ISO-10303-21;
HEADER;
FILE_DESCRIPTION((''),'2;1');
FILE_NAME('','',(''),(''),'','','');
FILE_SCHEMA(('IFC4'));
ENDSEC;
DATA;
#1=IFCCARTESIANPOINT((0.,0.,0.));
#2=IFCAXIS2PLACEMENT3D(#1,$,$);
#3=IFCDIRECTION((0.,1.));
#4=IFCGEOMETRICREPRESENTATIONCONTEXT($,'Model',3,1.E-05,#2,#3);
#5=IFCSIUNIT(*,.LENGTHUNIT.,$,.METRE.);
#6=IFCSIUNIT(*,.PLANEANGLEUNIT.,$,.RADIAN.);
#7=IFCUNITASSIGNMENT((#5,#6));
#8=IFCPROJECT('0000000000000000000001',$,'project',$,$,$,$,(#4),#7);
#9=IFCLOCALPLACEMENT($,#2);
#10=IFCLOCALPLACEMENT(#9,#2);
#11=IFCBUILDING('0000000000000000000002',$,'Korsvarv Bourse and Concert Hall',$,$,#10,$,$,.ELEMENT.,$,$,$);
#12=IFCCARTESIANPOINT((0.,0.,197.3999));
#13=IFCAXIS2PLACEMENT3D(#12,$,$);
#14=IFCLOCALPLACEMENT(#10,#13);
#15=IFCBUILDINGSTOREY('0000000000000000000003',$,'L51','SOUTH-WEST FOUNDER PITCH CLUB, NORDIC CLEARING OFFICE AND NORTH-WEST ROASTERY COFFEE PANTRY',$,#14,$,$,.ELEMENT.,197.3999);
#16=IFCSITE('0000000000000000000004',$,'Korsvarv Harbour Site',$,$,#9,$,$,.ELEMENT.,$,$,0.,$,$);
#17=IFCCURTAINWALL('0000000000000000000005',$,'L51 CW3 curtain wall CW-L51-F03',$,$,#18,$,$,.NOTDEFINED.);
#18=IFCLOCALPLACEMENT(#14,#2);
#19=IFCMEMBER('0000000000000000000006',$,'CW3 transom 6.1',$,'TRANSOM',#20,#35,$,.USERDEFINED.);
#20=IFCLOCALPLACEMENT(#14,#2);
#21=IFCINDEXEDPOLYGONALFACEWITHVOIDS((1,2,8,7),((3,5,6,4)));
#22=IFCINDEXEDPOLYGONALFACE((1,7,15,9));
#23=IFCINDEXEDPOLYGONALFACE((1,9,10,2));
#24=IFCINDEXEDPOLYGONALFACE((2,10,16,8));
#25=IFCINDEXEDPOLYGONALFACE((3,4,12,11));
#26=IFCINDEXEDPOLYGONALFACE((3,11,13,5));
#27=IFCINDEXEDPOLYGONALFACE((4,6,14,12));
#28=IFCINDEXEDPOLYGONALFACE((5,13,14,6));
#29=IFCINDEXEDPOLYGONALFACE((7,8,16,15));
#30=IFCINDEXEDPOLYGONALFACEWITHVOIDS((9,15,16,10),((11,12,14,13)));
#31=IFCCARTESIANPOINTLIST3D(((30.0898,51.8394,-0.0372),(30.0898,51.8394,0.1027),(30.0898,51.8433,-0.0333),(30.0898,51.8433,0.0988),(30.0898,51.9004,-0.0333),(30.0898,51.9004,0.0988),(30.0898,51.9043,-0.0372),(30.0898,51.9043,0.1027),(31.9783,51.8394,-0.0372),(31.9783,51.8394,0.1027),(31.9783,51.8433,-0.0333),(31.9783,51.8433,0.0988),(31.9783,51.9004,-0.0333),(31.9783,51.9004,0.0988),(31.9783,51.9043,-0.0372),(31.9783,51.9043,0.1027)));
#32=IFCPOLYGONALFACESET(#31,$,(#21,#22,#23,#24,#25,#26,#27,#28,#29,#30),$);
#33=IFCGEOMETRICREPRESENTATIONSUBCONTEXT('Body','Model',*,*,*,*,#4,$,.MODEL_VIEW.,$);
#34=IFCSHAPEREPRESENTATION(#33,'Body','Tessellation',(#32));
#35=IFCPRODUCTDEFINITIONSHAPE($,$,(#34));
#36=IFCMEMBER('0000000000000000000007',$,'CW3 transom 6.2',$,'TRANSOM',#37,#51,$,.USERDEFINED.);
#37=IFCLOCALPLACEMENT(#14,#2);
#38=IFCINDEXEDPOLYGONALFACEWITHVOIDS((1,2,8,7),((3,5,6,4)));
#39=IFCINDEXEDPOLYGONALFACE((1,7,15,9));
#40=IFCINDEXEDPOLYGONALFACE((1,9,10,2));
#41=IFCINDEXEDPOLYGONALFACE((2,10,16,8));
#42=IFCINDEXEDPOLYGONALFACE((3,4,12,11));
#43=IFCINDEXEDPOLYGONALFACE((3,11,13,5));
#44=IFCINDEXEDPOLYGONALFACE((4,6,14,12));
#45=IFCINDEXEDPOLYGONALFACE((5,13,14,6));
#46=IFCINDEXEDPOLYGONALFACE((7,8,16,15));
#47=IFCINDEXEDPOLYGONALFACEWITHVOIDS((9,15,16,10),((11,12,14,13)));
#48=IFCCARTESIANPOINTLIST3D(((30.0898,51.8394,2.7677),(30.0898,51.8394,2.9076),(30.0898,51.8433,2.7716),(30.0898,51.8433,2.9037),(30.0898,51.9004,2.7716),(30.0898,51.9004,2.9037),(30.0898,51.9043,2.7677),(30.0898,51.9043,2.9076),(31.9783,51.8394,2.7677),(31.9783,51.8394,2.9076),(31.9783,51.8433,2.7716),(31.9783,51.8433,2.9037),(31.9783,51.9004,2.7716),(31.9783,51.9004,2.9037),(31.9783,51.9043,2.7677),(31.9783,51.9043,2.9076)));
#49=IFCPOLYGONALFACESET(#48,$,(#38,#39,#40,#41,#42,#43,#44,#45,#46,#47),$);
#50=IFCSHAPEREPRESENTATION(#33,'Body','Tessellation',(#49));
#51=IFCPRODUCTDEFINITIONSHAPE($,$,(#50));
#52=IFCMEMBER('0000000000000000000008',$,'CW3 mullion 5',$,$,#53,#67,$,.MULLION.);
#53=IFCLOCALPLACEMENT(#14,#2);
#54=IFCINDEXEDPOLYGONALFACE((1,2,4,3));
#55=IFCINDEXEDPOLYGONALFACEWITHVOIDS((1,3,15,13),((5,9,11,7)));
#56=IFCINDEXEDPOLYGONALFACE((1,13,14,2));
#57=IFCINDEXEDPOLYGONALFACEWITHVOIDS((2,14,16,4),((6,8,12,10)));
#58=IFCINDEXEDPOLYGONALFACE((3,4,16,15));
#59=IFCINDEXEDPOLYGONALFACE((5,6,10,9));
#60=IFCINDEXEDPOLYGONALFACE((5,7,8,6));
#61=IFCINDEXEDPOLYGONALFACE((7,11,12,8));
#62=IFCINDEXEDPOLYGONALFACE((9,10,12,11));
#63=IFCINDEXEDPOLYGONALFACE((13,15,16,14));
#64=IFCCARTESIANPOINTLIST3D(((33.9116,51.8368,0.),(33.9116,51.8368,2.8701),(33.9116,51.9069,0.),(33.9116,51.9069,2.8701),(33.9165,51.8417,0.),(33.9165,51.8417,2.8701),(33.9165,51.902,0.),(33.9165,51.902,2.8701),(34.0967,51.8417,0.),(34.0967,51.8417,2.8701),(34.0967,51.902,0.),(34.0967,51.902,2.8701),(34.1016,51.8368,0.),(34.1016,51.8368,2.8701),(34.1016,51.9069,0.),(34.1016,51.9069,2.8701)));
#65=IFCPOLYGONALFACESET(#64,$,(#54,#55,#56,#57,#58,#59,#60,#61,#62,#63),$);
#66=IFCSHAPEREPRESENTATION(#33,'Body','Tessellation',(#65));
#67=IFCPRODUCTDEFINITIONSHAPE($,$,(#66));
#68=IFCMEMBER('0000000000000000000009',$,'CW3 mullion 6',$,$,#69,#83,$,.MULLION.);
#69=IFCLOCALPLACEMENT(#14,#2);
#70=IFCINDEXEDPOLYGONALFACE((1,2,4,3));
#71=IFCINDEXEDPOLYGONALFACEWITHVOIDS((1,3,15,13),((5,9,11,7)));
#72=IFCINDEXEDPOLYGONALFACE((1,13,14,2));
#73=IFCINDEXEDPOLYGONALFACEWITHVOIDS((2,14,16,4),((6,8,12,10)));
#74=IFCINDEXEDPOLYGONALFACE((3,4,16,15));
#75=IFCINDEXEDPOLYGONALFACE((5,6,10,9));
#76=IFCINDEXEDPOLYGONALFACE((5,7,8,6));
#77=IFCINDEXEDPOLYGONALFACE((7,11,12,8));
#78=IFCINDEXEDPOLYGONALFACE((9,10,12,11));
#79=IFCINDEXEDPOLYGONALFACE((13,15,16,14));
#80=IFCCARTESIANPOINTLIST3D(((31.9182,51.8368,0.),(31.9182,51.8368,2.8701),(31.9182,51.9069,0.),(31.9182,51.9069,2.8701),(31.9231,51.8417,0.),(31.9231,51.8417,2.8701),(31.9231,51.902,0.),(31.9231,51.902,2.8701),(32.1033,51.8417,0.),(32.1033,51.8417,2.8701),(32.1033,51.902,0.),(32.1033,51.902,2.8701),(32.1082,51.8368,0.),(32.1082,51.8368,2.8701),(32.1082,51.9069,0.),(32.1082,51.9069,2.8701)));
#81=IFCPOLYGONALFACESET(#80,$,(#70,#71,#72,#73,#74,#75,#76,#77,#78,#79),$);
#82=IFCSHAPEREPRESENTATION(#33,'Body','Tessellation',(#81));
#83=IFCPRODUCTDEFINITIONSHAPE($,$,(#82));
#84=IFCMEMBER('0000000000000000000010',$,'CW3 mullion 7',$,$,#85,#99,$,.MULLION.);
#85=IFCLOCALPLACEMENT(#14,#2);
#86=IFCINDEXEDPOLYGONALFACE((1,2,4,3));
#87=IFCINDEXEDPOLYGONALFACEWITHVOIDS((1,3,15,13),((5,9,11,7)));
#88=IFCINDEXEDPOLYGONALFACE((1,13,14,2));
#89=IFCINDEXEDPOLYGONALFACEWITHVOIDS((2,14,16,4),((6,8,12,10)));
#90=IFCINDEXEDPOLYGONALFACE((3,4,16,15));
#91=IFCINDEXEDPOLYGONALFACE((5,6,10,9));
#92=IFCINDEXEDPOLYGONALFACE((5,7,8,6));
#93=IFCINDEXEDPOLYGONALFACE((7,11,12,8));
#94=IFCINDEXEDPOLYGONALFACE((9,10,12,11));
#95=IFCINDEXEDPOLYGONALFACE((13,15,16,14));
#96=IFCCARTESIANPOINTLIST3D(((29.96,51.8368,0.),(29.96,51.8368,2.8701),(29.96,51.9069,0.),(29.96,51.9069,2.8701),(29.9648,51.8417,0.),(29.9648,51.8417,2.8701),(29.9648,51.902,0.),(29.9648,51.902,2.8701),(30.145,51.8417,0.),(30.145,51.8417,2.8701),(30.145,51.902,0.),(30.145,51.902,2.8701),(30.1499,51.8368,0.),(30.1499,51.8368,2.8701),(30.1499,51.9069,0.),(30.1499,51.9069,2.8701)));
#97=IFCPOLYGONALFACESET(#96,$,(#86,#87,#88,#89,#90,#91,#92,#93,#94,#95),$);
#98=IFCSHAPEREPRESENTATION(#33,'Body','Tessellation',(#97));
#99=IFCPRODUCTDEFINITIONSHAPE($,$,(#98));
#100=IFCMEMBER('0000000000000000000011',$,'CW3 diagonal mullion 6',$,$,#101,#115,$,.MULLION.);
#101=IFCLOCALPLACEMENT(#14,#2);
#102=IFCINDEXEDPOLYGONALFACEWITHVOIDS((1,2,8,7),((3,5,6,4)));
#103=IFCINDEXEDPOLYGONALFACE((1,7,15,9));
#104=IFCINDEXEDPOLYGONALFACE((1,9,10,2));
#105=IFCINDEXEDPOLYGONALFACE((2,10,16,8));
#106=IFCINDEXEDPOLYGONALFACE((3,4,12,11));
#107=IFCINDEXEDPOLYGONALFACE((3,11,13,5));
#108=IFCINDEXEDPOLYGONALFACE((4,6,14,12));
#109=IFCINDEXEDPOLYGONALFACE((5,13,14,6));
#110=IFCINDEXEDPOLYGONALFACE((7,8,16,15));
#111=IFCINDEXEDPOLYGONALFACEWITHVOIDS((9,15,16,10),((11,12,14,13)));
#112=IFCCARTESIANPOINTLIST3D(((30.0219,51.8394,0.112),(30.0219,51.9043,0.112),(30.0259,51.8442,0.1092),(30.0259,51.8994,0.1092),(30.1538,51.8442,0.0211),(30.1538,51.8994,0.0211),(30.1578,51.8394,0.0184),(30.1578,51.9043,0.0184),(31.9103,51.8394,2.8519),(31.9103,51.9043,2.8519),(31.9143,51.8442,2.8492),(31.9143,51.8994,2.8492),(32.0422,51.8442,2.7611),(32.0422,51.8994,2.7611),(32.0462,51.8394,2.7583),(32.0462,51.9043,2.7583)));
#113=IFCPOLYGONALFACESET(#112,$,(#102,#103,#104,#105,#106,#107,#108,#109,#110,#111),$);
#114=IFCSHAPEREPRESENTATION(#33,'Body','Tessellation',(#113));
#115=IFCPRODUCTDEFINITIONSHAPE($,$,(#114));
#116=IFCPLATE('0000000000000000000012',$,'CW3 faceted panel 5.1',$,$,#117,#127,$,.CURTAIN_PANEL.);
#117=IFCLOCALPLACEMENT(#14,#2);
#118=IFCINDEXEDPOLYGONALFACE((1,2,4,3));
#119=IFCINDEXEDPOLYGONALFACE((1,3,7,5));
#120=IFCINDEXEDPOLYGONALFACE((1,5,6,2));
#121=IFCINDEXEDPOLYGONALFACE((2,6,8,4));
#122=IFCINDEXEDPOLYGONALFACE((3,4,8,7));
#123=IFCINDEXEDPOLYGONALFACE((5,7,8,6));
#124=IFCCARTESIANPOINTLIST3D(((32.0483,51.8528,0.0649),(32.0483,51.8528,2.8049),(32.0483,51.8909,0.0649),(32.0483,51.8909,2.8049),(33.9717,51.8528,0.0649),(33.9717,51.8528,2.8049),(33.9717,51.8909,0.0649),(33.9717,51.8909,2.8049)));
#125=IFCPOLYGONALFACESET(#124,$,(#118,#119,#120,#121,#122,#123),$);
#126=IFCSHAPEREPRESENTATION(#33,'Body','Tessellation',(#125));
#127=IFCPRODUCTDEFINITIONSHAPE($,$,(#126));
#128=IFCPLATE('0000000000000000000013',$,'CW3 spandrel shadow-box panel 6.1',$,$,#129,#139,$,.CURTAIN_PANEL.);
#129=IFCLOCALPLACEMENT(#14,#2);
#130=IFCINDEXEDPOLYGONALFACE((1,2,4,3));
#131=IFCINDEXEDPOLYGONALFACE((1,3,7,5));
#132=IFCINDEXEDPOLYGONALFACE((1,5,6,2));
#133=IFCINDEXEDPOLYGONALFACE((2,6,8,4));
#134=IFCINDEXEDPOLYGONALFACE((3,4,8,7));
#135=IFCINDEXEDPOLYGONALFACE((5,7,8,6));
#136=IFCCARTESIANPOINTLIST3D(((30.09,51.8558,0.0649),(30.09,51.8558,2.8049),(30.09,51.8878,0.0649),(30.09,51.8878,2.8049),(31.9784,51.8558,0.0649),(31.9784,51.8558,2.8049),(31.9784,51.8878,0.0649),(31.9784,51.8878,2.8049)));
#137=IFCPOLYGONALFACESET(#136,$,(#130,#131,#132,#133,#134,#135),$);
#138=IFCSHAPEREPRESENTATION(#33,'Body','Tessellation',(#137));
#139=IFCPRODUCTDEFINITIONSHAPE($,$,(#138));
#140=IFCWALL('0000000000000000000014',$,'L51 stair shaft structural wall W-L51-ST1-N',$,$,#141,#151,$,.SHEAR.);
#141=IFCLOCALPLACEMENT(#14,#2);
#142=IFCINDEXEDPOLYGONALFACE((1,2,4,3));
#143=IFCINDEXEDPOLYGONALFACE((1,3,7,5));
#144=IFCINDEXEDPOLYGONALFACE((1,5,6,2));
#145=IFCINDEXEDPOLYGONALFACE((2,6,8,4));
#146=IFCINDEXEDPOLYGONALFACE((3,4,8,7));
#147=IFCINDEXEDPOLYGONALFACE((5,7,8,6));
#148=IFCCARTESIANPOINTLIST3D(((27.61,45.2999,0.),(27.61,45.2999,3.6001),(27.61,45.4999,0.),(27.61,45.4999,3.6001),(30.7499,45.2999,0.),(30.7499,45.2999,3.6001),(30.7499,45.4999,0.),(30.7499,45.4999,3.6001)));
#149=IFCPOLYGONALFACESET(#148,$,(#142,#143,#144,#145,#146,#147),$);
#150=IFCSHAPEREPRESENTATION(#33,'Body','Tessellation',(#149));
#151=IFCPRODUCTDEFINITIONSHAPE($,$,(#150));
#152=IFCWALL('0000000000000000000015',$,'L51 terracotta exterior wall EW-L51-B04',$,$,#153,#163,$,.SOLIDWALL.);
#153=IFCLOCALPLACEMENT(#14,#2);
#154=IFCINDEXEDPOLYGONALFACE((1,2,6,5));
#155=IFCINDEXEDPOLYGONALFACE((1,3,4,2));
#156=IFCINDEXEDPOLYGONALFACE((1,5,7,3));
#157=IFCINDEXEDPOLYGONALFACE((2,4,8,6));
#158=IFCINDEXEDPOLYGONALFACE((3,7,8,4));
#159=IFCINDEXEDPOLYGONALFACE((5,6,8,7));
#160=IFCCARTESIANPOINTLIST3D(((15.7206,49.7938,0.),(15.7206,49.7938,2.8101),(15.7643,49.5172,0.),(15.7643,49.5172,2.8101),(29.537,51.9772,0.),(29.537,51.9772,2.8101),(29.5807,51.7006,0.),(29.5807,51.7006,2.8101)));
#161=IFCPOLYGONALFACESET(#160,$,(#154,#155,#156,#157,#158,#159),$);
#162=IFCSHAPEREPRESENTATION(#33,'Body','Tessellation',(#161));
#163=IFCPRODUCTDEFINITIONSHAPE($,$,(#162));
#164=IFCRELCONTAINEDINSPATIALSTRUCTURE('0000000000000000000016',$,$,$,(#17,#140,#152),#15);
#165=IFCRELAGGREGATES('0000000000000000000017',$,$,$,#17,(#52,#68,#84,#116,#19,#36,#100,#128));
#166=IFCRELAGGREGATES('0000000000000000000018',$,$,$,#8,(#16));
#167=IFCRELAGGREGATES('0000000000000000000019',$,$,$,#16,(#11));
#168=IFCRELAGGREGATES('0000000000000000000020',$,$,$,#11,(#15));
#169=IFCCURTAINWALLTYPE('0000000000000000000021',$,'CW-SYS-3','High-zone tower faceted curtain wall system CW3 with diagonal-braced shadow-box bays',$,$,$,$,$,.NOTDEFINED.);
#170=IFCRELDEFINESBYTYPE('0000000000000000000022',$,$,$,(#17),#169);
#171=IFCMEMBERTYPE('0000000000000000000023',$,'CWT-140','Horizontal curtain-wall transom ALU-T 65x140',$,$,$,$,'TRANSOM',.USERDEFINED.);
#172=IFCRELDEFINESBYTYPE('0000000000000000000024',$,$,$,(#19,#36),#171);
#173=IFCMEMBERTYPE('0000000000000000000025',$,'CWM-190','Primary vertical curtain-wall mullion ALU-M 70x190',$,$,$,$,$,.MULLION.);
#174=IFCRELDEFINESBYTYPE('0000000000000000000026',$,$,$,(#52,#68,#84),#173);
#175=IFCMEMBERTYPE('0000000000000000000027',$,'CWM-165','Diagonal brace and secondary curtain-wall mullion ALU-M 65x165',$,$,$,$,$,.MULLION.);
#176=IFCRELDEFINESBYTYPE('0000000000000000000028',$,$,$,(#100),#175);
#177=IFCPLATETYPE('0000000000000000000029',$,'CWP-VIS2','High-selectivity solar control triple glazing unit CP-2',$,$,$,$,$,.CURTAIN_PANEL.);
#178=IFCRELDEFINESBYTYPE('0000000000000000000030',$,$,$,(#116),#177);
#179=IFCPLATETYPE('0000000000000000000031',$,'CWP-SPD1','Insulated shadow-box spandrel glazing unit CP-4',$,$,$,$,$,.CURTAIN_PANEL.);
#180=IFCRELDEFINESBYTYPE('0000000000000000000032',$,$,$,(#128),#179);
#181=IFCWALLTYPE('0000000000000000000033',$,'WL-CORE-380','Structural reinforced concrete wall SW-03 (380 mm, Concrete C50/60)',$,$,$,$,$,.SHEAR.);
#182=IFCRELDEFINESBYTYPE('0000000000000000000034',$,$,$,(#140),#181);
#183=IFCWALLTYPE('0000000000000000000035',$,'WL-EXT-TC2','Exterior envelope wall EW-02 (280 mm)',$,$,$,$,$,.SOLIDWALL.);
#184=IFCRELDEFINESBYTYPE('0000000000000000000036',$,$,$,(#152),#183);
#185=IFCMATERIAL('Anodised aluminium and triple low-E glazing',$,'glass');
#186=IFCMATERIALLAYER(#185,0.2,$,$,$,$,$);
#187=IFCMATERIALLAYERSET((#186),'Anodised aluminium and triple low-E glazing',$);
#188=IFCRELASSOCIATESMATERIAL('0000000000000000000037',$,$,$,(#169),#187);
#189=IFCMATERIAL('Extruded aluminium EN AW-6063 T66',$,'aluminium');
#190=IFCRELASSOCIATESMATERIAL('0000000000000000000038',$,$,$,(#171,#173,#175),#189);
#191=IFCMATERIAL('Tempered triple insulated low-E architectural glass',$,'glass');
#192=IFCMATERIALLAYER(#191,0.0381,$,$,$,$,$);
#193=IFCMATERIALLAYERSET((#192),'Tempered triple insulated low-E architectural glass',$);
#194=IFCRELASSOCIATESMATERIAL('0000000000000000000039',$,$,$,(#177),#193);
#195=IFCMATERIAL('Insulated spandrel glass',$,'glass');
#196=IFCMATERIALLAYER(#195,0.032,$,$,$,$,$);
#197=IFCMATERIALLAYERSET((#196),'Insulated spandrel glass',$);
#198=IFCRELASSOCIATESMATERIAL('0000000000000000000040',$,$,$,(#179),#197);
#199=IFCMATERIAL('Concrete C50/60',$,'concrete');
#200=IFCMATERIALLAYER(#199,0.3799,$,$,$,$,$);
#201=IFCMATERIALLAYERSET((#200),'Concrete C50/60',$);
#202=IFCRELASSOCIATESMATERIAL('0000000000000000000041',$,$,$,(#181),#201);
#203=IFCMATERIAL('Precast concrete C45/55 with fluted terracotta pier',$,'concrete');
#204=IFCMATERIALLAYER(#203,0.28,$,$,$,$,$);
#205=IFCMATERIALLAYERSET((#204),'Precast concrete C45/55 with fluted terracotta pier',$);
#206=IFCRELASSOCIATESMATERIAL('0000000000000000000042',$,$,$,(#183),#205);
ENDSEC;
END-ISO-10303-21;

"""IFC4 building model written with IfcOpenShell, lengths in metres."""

from ifc_helpers import new_model, si_unit, direction, frame, frame_2d, origin, origin_2d, place, context, subcontext, project, spatial, rectangle, hollow_rectangle, extrude, source, transform, mapped, material, layer, layer_set, material_profile, profile_set, type_object, element, aggregate, save


model = new_model("IFC4")

# Units and contexts
model_context = context("Model", 3, precision=1e-05, world=origin(), true_north=direction((0.0, 1.0)))
body_context = subcontext(model_context, "Body", "Model", "MODEL_VIEW")
ifc_project = project(units=[si_unit("LENGTHUNIT", "METRE"), si_unit("PLANEANGLEUNIT", "RADIAN")], contexts=[model_context])

# Site, building, storey
site_placement = place(None, origin())
site = spatial("IfcSite", under=ifc_project, at=site_placement, Name="Korsvarv Harbour Site", CompositionType="ELEMENT", RefElevation=0.0)
building_placement = place(site_placement, origin())
building = spatial("IfcBuilding", under=site, at=building_placement, Name="Korsvarv Bourse and Concert Hall", CompositionType="ELEMENT")
storey_placement = place(building_placement, frame((0.0, 0.0, 197.3999)))
storey = spatial("IfcBuildingStorey", under=building, at=storey_placement, Name="L51", Description="SOUTH-WEST FOUNDER PITCH CLUB, NORDIC CLEARING OFFICE AND NORTH-WEST ROASTERY COFFEE PANTRY", CompositionType="ELEMENT", Elevation=197.3999)

# Curtain wall, members, plates
ifc_material_1 = material(Name="Anodised aluminium and triple low-E glazing", Category="glass")
ifc_layer_1 = layer(ifc_material_1, 0.2)
ifc_layer_set_1 = layer_set([ifc_layer_1], Name="Anodised aluminium and triple low-E glazing")
curtain_wall_type = type_object("IfcCurtainWallType", Name="CW-SYS-3", Description="High-zone tower faceted curtain wall system CW3 with diagonal-braced shadow-box bays", PredefinedType="NOTDEFINED", material=ifc_layer_set_1)
curtain_wall_placement = place(storey_placement, origin())
curtain_wall = element("IfcCurtainWall", 1, at=curtain_wall_placement, inside=storey, type_object=curtain_wall_type, Name="L51 CW3 curtain wall CW-L51-F03", PredefinedType="NOTDEFINED")
ifc_material_2 = material(Name="Extruded aluminium EN AW-6063 T66", Category="aluminium")
ifc_material_profile_1 = material_profile(ifc_material_2, hollow_rectangle(XDim=0.0649, YDim=0.1399, WallThickness=0.0039, at=origin_2d()), Name="ALU-T 65x140")
ifc_profile_set_1 = profile_set([ifc_material_profile_1], Name="Extruded aluminium EN AW-6063 T66")
member_type_1 = type_object("IfcMemberType", Name="CWT-140", Description="Horizontal curtain-wall transom ALU-T 65x140", ElementType="TRANSOM", PredefinedType="USERDEFINED", material=ifc_profile_set_1)
shared_shape_1 = source(origin(), body_context, "Body", "SweptSolid", [
    extrude(hollow_rectangle(XDim=0.0649, YDim=0.1399, WallThickness=0.0039, at=origin_2d()), origin(), (0.0, 0.0, 1.0), 1.8884),
])
member_1_placement = place(storey_placement, frame((31.9783, 51.8718, 0.0327), z_axis=(-1.0, 0.0, 0.0), x_axis=(0.0, -1.0, 0.0)))
member_1 = element("IfcMember", 2, at=member_1_placement, type_object=member_type_1, Name="CW3 transom 6.1", ObjectType="TRANSOM", PredefinedType="USERDEFINED", context=body_context, shape_type="MappedRepresentation", body=[
    mapped(shared_shape_1, transform((0.0, 0.0, 0.0), scale=1.0)),
])
member_2_placement = place(storey_placement, frame((31.9783, 51.8718, 2.8376), z_axis=(-1.0, 0.0, 0.0), x_axis=(0.0, -1.0, 0.0)))
member_2 = element("IfcMember", 3, at=member_2_placement, type_object=member_type_1, Name="CW3 transom 6.2", ObjectType="TRANSOM", PredefinedType="USERDEFINED", context=body_context, shape_type="MappedRepresentation", body=[
    mapped(shared_shape_1, transform((0.0, 0.0, 0.0), scale=1.0)),
])
ifc_material_profile_2 = material_profile(ifc_material_2, hollow_rectangle(XDim=0.0701, YDim=0.1899, WallThickness=0.0049, at=origin_2d()), Name="ALU-M 70x190")
ifc_profile_set_2 = profile_set([ifc_material_profile_2], Name="Extruded aluminium EN AW-6063 T66")
member_type_2 = type_object("IfcMemberType", Name="CWM-190", Description="Primary vertical curtain-wall mullion ALU-M 70x190", PredefinedType="MULLION", material=ifc_profile_set_2)
shared_shape_2 = source(origin(), body_context, "Body", "SweptSolid", [
    extrude(hollow_rectangle(XDim=0.0701, YDim=0.1899, WallThickness=0.0049, at=origin_2d()), origin(), (0.0, 0.0, 1.0), 2.8701),
])
member_3_placement = place(storey_placement, frame((34.0066, 51.8718, 0.0), z_axis=(0.0, 0.0, 1.0), x_axis=(0.0, -1.0, 0.0)))
member_3 = element("IfcMember", 4, at=member_3_placement, type_object=member_type_2, Name="CW3 mullion 5", PredefinedType="MULLION", context=body_context, shape_type="MappedRepresentation", body=[
    mapped(shared_shape_2, transform((0.0, 0.0, 0.0), scale=1.0)),
])
member_4_placement = place(storey_placement, frame((32.0132, 51.8718, 0.0), z_axis=(0.0, 0.0, 1.0), x_axis=(0.0, -1.0, 0.0)))
member_4 = element("IfcMember", 5, at=member_4_placement, type_object=member_type_2, Name="CW3 mullion 6", PredefinedType="MULLION", context=body_context, shape_type="MappedRepresentation", body=[
    mapped(shared_shape_2, transform((0.0, 0.0, 0.0), scale=1.0)),
])
member_5_placement = place(storey_placement, frame((30.0549, 51.8718, 0.0), z_axis=(0.0, 0.0, 1.0), x_axis=(0.0, -1.0, 0.0)))
member_5 = element("IfcMember", 6, at=member_5_placement, type_object=member_type_2, Name="CW3 mullion 7", PredefinedType="MULLION", context=body_context, shape_type="MappedRepresentation", body=[
    mapped(shared_shape_2, transform((0.0, 0.0, 0.0), scale=1.0)),
])
ifc_material_profile_3 = material_profile(ifc_material_2, hollow_rectangle(XDim=0.0649, YDim=0.165, WallThickness=0.0049, at=origin_2d()), Name="ALU-M 65x165")
ifc_profile_set_3 = profile_set([ifc_material_profile_3], Name="Extruded aluminium EN AW-6063 T66")
member_type_3 = type_object("IfcMemberType", Name="CWM-165", Description="Diagonal brace and secondary curtain-wall mullion ALU-M 65x165", PredefinedType="MULLION", material=ifc_profile_set_3)
shared_shape_3 = source(origin(), body_context, "Body", "SweptSolid", [
    extrude(hollow_rectangle(XDim=0.0649, YDim=0.165, WallThickness=0.0049, at=origin_2d()), origin(), (0.0, 0.0, 1.0), 3.3276),
])
member_6_placement = place(storey_placement, frame((30.0898, 51.8718, 0.0652), z_axis=(0.567484, 0.0, 0.823384), x_axis=(0.0, 1.0, 0.0)))
member_6 = element("IfcMember", 7, at=member_6_placement, type_object=member_type_3, Name="CW3 diagonal mullion 6", PredefinedType="MULLION", context=body_context, shape_type="MappedRepresentation", body=[
    mapped(shared_shape_3, transform((0.0, 0.0, 0.0), scale=1.0)),
])
ifc_material_3 = material(Name="Tempered triple insulated low-E architectural glass", Category="glass")
ifc_layer_2 = layer(ifc_material_3, 0.0381)
ifc_layer_set_2 = layer_set([ifc_layer_2], Name="Tempered triple insulated low-E architectural glass")
plate_type_1 = type_object("IfcPlateType", Name="CWP-VIS2", Description="High-selectivity solar control triple glazing unit CP-2", PredefinedType="CURTAIN_PANEL", material=ifc_layer_set_2)
shared_shape_4 = source(origin(), body_context, "Body", "SweptSolid", [
    extrude(rectangle(XDim=1.9233, YDim=0.0381, at=origin_2d()), origin(), (0.0, 0.0, 1.0), 2.74),
])
plate_1_placement = place(storey_placement, frame((33.01, 51.8718, 0.0649), z_axis=(0.0, 0.0, 1.0), x_axis=(-1.0, 0.0, 0.0)))
plate_1 = element("IfcPlate", 8, at=plate_1_placement, type_object=plate_type_1, Name="CW3 faceted panel 5.1", PredefinedType="CURTAIN_PANEL", context=body_context, shape_type="MappedRepresentation", body=[
    mapped(shared_shape_4, transform((0.0, 0.0, 0.0), scale=1.0)),
])
ifc_material_4 = material(Name="Insulated spandrel glass", Category="glass")
ifc_layer_3 = layer(ifc_material_4, 0.032)
ifc_layer_set_3 = layer_set([ifc_layer_3], Name="Insulated spandrel glass")
plate_type_2 = type_object("IfcPlateType", Name="CWP-SPD1", Description="Insulated shadow-box spandrel glazing unit CP-4", PredefinedType="CURTAIN_PANEL", material=ifc_layer_set_3)
shared_shape_5 = source(origin(), body_context, "Body", "SweptSolid", [
    extrude(rectangle(XDim=1.8884, YDim=0.032, at=origin_2d()), origin(), (0.0, 0.0, 1.0), 2.74),
])
plate_2_placement = place(storey_placement, frame((31.0342, 51.8718, 0.0649), z_axis=(0.0, 0.0, 1.0), x_axis=(-1.0, 0.0, 0.0)))
plate_2 = element("IfcPlate", 9, at=plate_2_placement, type_object=plate_type_2, Name="CW3 spandrel shadow-box panel 6.1", PredefinedType="CURTAIN_PANEL", context=body_context, shape_type="MappedRepresentation", body=[
    mapped(shared_shape_5, transform((0.0, 0.0, 0.0), scale=1.0)),
])
aggregate(curtain_wall, [member_3, member_4, member_5, plate_1, member_1, member_2, member_6, plate_2])

# Walls
ifc_material_5 = material(Name="Concrete C50/60", Category="concrete")
ifc_layer_4 = layer(ifc_material_5, 0.3799)
ifc_layer_set_4 = layer_set([ifc_layer_4], Name="Concrete C50/60")
wall_type_1 = type_object("IfcWallType", Name="WL-CORE-380", Description="Structural reinforced concrete wall SW-03 (380 mm, Concrete C50/60)", PredefinedType="SHEAR", material=ifc_layer_set_4)
wall_1_placement = place(storey_placement, frame((27.6101, 45.3999, 0.0), z_axis=(0.0, 0.0, 1.0), x_axis=(1.0, 0.0, 0.0)))
element("IfcWall", 10, at=wall_1_placement, inside=storey, type_object=wall_type_1, Name="L51 stair shaft structural wall W-L51-ST1-N", PredefinedType="SHEAR", context=body_context, shape_type="SweptSolid", body=[
    extrude(rectangle(XDim=3.1399, YDim=0.2, at=frame_2d((1.5698, 0.0))), origin(), (0.0, 0.0, 1.0), 3.6001),
])
ifc_material_6 = material(Name="Precast concrete C45/55 with fluted terracotta pier", Category="concrete")
ifc_layer_5 = layer(ifc_material_6, 0.28)
ifc_layer_set_5 = layer_set([ifc_layer_5], Name="Precast concrete C45/55 with fluted terracotta pier")
wall_type_2 = type_object("IfcWallType", Name="WL-EXT-TC2", Description="Exterior envelope wall EW-02 (280 mm)", PredefinedType="SOLIDWALL", material=ifc_layer_set_5)
wall_2_placement = place(storey_placement, frame((29.5588, 51.8389, 0.0), z_axis=(0.0, 0.0, 1.0), x_axis=(-0.987743, -0.156089, 0.0)))
element("IfcWall", 11, at=wall_2_placement, inside=storey, type_object=wall_type_2, Name="L51 terracotta exterior wall EW-L51-B04", PredefinedType="SOLIDWALL", context=body_context, shape_type="SweptSolid", body=[
    extrude(rectangle(XDim=13.9878, YDim=0.28, at=frame_2d((6.9939, 0.0))), origin(), (0.0, 0.0, 1.0), 2.8101),
])

save(model, "model.ifc")
